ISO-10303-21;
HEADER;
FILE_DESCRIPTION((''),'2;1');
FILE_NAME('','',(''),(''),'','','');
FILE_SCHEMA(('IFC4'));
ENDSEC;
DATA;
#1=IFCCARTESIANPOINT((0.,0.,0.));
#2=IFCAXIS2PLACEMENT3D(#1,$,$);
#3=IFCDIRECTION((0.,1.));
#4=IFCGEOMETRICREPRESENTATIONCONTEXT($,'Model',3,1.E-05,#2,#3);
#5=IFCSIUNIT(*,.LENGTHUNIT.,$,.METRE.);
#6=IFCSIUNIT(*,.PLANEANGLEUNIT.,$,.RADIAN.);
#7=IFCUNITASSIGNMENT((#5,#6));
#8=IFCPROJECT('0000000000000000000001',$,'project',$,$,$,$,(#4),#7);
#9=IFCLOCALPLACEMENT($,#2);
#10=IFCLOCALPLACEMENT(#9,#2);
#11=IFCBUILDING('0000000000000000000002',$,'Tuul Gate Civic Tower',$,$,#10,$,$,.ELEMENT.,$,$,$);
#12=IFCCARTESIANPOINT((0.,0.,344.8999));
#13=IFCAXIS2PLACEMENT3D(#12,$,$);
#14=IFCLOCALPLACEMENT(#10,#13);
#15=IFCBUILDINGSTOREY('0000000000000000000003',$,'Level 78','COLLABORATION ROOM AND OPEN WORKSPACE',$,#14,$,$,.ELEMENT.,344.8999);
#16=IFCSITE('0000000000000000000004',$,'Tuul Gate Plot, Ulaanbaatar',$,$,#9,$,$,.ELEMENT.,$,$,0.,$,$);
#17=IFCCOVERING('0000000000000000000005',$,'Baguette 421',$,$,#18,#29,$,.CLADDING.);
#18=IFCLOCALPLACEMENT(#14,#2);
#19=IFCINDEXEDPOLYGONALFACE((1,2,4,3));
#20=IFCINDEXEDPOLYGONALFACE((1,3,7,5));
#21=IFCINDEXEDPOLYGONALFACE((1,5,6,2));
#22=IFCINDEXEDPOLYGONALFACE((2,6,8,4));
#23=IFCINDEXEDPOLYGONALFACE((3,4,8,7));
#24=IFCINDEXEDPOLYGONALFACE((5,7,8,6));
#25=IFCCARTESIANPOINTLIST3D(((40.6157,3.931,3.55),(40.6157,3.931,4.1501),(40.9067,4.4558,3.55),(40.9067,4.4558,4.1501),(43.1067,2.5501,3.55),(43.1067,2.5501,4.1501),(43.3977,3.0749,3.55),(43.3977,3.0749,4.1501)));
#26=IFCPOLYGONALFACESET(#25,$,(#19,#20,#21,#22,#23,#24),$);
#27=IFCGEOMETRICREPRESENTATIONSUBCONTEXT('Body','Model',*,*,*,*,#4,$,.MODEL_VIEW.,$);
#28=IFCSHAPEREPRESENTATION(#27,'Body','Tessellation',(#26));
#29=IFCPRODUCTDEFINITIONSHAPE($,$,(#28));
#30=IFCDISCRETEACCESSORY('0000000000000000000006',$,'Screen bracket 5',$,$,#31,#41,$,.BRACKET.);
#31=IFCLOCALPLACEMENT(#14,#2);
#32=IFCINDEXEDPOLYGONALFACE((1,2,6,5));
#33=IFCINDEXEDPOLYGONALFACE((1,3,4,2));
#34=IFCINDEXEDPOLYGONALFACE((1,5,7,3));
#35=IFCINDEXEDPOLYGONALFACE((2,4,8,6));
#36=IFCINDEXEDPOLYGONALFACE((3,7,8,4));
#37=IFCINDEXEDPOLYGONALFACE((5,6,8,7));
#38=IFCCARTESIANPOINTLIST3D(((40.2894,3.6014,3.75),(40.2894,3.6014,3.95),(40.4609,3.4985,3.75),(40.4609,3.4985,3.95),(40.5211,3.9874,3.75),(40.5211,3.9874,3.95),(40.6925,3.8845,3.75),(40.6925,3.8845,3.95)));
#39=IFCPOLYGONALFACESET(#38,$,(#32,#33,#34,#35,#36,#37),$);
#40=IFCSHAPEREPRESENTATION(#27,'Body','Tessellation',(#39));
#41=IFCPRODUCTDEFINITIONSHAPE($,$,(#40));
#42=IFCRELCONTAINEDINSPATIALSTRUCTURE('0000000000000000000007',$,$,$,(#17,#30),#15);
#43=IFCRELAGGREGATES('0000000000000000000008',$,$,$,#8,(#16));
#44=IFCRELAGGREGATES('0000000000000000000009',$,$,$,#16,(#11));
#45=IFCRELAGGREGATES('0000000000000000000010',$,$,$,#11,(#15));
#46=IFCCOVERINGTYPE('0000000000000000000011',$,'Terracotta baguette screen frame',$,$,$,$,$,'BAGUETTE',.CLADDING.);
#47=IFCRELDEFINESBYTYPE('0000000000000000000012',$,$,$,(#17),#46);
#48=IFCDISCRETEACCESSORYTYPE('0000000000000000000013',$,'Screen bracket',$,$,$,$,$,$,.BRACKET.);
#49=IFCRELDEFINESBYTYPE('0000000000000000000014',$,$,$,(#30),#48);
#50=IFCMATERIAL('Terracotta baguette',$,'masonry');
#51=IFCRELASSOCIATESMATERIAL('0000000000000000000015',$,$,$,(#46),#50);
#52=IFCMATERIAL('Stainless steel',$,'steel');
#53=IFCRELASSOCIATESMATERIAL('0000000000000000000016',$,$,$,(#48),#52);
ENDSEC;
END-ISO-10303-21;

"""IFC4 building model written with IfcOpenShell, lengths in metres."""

from ifc_helpers import new_model, si_unit, direction, frame, origin, origin_2d, place, context, subcontext, project, spatial, rectangle, extrude, material, material_profile, profile_set, type_object, element, save


model = new_model("IFC4")

# Units and contexts
model_context = context("Model", 3, precision=1e-05, world=origin(), true_north=direction((0.0, 1.0)))
body_context = subcontext(model_context, "Body", "Model", "MODEL_VIEW")
ifc_project = project(units=[si_unit("LENGTHUNIT", "METRE"), si_unit("PLANEANGLEUNIT", "RADIAN")], contexts=[model_context])

# Site, building, storey
site_placement = place(None, origin())
site = spatial("IfcSite", under=ifc_project, at=site_placement, Name="Tuul Gate Plot, Ulaanbaatar", CompositionType="ELEMENT", RefElevation=0.0)
building_placement = place(site_placement, origin())
building = spatial("IfcBuilding", under=site, at=building_placement, Name="Tuul Gate Civic Tower", CompositionType="ELEMENT")
storey_placement = place(building_placement, frame((0.0, 0.0, 344.8999)))
storey = spatial("IfcBuildingStorey", under=building, at=storey_placement, Name="Level 78", Description="COLLABORATION ROOM AND OPEN WORKSPACE", CompositionType="ELEMENT", Elevation=344.8999)

# Covering
ifc_material_1 = material(Name="Terracotta baguette", Category="masonry")
ifc_material_profile_1 = material_profile(ifc_material_1, rectangle(XDim=0.6001, YDim=0.6001, at=origin_2d()), Name="Terracotta baguette screen frame")
ifc_profile_set_1 = profile_set([ifc_material_profile_1], Name="Terracotta baguette")
covering_type = type_object("IfcCoveringType", Name="Terracotta baguette screen frame", ElementType="BAGUETTE", PredefinedType="CLADDING", material=ifc_profile_set_1)
covering_1_placement = place(storey_placement, frame((43.2522, 2.8125, 3.8501), z_axis=(-0.874606, 0.484835, 0.0), x_axis=(-0.484835, -0.874606, 0.0)))
element("IfcCovering", 1, at=covering_1_placement, inside=storey, type_object=covering_type, Name="Baguette 421", PredefinedType="CLADDING", context=body_context, shape_type="SweptSolid", body=[
    extrude(rectangle(XDim=0.6001, YDim=0.6001, at=origin_2d()), origin(), (0.0, 0.0, 1.0), 2.8481),
])

# Discrete accessory
ifc_material_2 = material(Name="Stainless steel", Category="steel")
discrete_accessory_type = type_object("IfcDiscreteAccessoryType", Name="Screen bracket", PredefinedType="BRACKET", material=ifc_material_2)
discrete_accessory_placement = place(storey_placement, frame((40.491, 3.7429, 3.75), z_axis=(0.0, 0.0, 1.0), x_axis=(0.514604, 0.857428, 0.0)))
element("IfcDiscreteAccessory", 2, at=discrete_accessory_placement, inside=storey, type_object=discrete_accessory_type, Name="Screen bracket 5", PredefinedType="BRACKET", context=body_context, shape_type="SweptSolid", body=[
    extrude(rectangle(XDim=0.4502, YDim=0.2, at=origin_2d()), origin(), (0.0, 0.0, 1.0), 0.2),
])

save(model, "model.ifc")
